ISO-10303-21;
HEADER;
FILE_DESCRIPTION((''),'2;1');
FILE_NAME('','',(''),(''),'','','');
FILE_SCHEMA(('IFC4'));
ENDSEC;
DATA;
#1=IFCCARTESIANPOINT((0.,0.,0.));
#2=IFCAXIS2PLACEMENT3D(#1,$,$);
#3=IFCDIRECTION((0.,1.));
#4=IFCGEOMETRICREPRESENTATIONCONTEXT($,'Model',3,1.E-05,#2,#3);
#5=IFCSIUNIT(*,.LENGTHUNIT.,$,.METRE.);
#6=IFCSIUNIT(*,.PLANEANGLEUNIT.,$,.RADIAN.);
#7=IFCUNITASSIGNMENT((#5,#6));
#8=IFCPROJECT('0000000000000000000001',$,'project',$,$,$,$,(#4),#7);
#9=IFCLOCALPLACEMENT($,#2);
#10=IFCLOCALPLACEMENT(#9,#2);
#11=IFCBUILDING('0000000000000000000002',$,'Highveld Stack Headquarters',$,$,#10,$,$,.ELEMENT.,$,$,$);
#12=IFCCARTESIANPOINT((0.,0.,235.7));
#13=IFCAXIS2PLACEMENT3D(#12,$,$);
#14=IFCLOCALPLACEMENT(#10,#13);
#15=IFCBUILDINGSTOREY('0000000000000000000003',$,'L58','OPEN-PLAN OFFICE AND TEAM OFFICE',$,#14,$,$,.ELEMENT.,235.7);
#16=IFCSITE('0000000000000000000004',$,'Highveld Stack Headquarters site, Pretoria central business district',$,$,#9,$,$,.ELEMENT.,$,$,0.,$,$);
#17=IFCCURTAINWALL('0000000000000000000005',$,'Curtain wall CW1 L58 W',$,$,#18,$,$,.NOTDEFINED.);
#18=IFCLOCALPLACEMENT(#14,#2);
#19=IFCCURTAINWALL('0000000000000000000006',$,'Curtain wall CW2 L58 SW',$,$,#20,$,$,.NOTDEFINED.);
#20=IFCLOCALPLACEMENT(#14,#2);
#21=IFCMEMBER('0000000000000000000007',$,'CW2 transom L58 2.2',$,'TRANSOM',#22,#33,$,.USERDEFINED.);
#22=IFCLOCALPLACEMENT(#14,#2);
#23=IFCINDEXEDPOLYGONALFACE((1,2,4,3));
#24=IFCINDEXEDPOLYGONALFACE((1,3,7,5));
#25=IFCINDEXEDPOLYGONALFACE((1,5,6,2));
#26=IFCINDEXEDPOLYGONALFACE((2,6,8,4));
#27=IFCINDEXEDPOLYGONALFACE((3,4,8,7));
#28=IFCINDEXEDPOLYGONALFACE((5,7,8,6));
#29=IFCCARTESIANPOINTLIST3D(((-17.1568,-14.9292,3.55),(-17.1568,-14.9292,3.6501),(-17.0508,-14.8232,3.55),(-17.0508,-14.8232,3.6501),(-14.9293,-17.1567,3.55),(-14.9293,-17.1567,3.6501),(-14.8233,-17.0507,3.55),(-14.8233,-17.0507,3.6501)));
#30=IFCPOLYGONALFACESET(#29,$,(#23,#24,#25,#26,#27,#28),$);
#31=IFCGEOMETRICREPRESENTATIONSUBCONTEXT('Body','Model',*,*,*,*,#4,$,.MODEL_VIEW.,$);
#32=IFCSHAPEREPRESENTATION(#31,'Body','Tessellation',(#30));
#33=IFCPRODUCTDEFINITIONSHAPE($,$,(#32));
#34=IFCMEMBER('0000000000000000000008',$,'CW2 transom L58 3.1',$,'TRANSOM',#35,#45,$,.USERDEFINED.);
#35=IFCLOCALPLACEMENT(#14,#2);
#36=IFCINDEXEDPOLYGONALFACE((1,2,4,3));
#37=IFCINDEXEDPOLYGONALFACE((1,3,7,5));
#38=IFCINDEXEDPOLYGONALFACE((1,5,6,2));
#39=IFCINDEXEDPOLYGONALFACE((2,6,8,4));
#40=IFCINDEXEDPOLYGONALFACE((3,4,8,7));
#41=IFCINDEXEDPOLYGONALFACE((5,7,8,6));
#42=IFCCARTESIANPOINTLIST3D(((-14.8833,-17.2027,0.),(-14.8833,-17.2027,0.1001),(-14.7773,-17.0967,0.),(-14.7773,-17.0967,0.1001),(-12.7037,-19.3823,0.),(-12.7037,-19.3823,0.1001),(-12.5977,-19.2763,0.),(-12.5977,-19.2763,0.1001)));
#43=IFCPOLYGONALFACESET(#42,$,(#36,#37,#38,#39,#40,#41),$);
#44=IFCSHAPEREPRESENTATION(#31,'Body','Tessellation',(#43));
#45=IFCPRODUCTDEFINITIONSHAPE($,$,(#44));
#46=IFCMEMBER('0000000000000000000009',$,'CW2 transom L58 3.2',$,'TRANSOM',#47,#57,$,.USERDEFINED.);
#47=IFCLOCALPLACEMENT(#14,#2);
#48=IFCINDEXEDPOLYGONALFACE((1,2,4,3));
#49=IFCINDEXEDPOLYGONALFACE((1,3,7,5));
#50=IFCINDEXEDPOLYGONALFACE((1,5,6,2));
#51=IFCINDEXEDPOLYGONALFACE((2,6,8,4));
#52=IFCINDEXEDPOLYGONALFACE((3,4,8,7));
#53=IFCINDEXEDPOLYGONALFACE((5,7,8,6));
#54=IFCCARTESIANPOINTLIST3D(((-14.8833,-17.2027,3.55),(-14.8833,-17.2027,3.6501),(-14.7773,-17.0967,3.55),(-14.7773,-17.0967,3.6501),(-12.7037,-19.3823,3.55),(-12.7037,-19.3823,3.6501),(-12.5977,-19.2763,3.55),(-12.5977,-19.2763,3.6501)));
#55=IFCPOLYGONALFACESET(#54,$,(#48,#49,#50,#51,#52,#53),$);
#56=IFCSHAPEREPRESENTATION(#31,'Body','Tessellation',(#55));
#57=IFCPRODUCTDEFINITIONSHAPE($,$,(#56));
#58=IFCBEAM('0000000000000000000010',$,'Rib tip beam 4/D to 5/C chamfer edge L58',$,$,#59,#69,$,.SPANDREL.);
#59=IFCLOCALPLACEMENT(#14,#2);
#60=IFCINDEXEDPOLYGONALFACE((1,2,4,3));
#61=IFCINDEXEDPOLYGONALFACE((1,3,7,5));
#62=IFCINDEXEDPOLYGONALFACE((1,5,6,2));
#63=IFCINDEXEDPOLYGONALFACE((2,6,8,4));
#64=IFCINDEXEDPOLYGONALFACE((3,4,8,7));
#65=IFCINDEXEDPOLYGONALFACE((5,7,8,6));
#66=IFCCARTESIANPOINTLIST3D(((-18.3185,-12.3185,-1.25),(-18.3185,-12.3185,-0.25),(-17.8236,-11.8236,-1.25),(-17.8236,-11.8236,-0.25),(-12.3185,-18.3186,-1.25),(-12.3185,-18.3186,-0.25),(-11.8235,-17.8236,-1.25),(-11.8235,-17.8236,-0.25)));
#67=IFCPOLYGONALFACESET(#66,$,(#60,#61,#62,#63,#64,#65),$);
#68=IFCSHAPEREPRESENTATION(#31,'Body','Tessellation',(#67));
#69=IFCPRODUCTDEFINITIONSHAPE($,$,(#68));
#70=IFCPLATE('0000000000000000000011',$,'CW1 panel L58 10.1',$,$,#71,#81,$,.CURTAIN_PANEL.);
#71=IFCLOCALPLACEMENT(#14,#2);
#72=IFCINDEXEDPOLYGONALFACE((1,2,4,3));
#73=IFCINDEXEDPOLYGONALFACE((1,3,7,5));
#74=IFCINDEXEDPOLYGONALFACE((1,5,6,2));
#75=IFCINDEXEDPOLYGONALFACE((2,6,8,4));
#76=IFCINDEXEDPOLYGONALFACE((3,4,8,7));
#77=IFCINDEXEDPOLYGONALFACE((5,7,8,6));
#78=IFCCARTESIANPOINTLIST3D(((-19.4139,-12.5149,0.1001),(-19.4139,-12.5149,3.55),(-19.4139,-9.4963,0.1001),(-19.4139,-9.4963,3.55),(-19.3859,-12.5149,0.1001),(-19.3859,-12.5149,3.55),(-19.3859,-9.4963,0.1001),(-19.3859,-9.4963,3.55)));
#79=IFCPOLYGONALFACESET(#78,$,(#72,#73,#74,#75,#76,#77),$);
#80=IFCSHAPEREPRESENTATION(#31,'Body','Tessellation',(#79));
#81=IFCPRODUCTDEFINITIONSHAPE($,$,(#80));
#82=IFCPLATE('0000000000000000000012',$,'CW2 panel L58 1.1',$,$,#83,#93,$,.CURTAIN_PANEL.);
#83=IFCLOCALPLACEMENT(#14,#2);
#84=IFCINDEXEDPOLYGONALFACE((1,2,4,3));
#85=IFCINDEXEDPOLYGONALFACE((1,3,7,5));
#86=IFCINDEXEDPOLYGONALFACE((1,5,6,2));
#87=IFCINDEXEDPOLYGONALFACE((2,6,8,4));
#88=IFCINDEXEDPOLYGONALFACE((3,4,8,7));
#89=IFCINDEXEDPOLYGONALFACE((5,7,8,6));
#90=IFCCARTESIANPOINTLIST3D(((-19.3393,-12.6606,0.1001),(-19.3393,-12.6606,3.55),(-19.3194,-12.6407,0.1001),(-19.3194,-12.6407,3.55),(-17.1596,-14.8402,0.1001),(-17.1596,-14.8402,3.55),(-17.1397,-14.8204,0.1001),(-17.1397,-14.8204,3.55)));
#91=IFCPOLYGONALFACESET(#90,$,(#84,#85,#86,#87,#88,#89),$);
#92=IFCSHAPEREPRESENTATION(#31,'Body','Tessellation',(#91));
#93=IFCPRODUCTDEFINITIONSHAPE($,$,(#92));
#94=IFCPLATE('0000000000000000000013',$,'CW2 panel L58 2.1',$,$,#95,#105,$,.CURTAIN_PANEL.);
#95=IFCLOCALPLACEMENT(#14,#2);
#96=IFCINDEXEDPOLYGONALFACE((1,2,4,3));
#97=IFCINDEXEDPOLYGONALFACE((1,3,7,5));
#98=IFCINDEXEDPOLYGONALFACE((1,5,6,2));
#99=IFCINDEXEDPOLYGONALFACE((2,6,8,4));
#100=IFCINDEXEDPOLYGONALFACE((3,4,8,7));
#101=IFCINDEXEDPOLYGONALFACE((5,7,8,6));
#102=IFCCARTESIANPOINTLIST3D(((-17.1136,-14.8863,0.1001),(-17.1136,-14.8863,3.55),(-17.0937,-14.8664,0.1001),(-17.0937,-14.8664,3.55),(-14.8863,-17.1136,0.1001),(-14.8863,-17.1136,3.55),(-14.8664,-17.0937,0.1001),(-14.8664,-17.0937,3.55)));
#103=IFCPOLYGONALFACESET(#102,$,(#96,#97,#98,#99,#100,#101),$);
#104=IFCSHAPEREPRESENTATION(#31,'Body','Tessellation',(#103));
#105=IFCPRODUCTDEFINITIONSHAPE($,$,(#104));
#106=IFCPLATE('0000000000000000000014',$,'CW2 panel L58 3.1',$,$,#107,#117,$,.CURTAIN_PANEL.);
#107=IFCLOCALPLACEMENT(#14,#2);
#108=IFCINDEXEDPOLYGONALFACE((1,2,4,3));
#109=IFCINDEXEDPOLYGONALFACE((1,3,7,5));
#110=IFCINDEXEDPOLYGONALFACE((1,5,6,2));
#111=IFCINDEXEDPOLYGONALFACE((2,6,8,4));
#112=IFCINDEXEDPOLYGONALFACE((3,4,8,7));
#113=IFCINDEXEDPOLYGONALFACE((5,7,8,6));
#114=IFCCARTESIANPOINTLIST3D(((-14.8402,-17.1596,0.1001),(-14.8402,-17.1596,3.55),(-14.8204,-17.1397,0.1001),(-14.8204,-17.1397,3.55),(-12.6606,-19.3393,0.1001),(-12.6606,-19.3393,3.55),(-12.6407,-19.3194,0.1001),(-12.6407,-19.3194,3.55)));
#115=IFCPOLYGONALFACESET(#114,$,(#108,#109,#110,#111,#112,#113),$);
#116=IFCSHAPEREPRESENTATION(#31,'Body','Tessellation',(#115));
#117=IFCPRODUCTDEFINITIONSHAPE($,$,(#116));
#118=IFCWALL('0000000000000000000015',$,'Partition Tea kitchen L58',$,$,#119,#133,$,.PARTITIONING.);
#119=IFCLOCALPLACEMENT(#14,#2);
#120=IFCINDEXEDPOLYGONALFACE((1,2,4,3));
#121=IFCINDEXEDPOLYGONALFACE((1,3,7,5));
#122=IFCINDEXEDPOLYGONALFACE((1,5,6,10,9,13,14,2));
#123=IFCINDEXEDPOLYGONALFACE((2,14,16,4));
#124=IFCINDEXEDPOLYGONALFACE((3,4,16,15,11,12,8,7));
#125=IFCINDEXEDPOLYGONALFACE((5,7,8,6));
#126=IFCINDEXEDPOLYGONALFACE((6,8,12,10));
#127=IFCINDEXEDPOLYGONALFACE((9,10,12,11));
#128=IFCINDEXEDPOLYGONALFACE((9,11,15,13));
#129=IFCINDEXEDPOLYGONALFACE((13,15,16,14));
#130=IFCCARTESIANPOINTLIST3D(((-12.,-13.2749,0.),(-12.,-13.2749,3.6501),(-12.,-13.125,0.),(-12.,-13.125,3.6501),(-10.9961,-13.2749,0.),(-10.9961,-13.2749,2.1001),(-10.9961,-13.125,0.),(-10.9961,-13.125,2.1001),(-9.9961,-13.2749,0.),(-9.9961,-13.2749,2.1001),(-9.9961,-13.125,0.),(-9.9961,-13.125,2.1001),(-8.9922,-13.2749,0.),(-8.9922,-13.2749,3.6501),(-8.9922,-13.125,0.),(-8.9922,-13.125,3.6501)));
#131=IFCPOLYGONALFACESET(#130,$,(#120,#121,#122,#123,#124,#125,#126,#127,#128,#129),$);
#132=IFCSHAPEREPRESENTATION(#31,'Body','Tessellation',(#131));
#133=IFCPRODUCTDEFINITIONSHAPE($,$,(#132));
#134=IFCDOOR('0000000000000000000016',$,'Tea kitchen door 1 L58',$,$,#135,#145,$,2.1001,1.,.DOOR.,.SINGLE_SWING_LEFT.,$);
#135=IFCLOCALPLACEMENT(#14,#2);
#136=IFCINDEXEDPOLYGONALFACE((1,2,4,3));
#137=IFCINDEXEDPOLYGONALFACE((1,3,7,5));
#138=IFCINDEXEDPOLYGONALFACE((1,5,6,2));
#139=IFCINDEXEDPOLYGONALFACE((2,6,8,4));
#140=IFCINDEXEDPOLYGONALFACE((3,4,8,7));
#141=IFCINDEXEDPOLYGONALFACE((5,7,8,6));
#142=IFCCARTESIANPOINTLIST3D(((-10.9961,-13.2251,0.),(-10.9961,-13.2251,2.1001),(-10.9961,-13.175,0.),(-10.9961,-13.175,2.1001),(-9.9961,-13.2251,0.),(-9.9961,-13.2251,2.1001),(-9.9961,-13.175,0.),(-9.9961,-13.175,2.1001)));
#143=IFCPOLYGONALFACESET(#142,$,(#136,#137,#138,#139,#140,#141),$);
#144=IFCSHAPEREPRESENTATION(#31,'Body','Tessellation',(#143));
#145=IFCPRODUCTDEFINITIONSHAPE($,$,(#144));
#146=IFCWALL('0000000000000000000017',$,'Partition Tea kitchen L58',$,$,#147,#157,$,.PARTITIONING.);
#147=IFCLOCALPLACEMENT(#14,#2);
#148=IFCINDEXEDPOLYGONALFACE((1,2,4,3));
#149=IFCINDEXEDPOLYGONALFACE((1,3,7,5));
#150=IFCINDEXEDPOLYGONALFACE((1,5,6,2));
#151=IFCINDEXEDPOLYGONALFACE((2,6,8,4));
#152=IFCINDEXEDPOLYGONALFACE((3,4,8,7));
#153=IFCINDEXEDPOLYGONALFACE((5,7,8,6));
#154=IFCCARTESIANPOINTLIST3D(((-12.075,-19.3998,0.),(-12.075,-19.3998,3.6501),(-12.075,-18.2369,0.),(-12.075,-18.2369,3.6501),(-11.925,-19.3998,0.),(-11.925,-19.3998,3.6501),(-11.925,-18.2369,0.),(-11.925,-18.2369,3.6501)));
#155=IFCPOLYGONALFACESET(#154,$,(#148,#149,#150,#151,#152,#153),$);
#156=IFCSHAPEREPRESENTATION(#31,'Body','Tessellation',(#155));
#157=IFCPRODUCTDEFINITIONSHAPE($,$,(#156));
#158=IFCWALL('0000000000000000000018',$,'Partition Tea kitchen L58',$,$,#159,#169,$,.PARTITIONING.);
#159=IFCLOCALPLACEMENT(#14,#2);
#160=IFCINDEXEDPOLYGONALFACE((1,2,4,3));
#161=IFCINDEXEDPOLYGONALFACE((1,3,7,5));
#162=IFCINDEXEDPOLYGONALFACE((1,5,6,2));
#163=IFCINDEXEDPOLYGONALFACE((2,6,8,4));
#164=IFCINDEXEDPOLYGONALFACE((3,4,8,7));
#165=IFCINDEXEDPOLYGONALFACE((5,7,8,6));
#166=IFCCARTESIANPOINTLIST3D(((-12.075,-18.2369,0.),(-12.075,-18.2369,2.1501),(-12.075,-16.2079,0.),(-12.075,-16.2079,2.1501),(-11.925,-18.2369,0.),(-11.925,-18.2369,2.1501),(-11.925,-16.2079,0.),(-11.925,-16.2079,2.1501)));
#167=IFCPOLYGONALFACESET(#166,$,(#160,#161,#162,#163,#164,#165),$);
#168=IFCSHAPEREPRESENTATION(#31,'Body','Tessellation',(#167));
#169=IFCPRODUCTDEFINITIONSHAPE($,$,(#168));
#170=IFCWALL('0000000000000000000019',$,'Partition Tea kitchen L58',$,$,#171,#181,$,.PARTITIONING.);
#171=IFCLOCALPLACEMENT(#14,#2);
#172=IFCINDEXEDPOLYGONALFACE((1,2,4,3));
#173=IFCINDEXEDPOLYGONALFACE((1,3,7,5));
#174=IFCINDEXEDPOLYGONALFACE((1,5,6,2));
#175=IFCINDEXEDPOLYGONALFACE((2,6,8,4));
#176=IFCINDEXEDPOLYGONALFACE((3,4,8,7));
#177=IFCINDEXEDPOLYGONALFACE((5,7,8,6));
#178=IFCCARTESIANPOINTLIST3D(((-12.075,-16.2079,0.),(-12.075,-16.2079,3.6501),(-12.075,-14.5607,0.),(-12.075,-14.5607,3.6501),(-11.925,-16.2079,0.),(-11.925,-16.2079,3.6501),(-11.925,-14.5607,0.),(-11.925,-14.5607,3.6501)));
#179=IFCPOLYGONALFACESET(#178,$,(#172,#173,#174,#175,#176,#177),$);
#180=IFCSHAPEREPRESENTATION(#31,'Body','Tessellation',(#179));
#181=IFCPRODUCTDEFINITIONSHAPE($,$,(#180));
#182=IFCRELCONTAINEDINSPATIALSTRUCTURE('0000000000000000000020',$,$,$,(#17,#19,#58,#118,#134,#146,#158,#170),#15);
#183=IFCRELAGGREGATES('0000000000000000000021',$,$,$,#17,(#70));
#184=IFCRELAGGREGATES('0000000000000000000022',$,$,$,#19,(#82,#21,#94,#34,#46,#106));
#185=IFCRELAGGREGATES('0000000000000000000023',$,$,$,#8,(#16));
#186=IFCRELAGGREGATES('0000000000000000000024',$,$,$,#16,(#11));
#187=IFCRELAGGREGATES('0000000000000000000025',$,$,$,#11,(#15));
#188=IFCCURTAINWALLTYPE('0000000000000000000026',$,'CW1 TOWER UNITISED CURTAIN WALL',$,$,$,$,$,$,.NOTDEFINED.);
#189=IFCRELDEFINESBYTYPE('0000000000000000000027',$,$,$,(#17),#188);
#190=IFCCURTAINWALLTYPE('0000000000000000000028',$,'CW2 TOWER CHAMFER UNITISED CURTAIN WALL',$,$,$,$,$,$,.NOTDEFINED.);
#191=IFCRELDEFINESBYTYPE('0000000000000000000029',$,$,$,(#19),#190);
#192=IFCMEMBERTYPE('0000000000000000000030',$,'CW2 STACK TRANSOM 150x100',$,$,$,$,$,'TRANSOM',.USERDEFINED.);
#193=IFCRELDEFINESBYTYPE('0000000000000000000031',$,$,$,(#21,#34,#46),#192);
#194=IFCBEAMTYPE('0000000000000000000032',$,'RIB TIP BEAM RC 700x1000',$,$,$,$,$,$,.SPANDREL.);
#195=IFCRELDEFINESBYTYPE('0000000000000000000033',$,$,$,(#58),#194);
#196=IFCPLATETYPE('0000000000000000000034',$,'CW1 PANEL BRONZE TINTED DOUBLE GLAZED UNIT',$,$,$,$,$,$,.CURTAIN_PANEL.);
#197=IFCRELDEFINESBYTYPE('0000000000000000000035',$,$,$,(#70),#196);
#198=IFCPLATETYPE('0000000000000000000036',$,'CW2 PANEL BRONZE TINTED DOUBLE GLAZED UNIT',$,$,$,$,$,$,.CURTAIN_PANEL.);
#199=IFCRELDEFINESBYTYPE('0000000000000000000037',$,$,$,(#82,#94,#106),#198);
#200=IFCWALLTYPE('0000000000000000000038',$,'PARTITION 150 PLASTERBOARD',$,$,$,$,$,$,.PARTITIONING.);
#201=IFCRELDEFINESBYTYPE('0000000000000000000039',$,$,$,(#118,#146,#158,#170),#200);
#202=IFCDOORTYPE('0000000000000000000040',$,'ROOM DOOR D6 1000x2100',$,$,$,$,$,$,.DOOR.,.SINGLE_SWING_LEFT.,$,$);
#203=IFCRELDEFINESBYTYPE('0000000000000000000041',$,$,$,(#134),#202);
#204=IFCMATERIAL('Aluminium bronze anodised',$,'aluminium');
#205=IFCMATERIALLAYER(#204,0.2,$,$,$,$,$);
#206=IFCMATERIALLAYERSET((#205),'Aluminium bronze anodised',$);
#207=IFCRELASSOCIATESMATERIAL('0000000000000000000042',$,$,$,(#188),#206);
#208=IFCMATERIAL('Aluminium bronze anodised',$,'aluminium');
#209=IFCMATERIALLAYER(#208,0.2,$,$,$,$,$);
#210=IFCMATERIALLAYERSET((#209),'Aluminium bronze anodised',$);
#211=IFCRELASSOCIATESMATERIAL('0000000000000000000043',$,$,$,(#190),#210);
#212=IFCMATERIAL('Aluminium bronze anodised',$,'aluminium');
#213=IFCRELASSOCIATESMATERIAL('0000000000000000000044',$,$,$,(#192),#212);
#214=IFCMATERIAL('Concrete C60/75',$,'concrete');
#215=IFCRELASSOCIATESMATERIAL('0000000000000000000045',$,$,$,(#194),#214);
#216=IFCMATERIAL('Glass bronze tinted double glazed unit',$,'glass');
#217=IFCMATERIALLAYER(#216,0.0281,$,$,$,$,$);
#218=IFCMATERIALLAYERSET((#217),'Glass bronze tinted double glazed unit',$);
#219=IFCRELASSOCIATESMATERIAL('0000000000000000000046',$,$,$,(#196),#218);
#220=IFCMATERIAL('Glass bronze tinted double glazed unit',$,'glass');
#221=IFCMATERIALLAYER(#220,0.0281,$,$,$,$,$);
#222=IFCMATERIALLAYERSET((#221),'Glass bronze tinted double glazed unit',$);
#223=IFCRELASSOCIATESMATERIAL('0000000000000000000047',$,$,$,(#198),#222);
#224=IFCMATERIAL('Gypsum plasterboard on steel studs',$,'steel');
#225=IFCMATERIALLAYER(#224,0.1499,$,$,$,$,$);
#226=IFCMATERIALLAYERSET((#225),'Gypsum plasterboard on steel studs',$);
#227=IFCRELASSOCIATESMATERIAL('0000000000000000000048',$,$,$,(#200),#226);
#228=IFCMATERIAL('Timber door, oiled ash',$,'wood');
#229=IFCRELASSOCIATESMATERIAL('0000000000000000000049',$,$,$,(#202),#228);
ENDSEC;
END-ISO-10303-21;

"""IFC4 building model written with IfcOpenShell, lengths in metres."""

from ifc_helpers import new_model, si_unit, direction, frame, frame_2d, origin, origin_2d, place, context, subcontext, project, spatial, rectangle, extrude, material, layer, layer_set, material_profile, profile_set, type_object, element, fill, aggregate, save


model = new_model("IFC4")

# Units and contexts
model_context = context("Model", 3, precision=1e-05, world=origin(), true_north=direction((0.0, 1.0)))
body_context = subcontext(model_context, "Body", "Model", "MODEL_VIEW")
ifc_project = project(units=[si_unit("LENGTHUNIT", "METRE"), si_unit("PLANEANGLEUNIT", "RADIAN")], contexts=[model_context])

# Site, building, storey
site_placement = place(None, origin())
site = spatial("IfcSite", under=ifc_project, at=site_placement, Name="Highveld Stack Headquarters site, Pretoria central business district", CompositionType="ELEMENT", RefElevation=0.0)
building_placement = place(site_placement, origin())
building = spatial("IfcBuilding", under=site, at=building_placement, Name="Highveld Stack Headquarters", CompositionType="ELEMENT")
storey_placement = place(building_placement, frame((0.0, 0.0, 235.7)))
storey = spatial("IfcBuildingStorey", under=building, at=storey_placement, Name="L58", Description="OPEN-PLAN OFFICE AND TEAM OFFICE", CompositionType="ELEMENT", Elevation=235.7)

# Curtain wall
ifc_material_1 = material(Name="Aluminium bronze anodised", Category="aluminium")
ifc_layer_1 = layer(ifc_material_1, 0.2)
ifc_layer_set_1 = layer_set([ifc_layer_1], Name="Aluminium bronze anodised")
curtain_wall_type_1 = type_object("IfcCurtainWallType", Name="CW1 TOWER UNITISED CURTAIN WALL", PredefinedType="NOTDEFINED", material=ifc_layer_set_1)
curtain_wall_1_placement = place(storey_placement, origin())
curtain_wall_1 = element("IfcCurtainWall", 1, at=curtain_wall_1_placement, inside=storey, type_object=curtain_wall_type_1, Name="Curtain wall CW1 L58 W", PredefinedType="NOTDEFINED")

# Curtain wall, members
ifc_material_2 = material(Name="Aluminium bronze anodised", Category="aluminium")
ifc_layer_2 = layer(ifc_material_2, 0.2)
ifc_layer_set_2 = layer_set([ifc_layer_2], Name="Aluminium bronze anodised")
curtain_wall_type_2 = type_object("IfcCurtainWallType", Name="CW2 TOWER CHAMFER UNITISED CURTAIN WALL", PredefinedType="NOTDEFINED", material=ifc_layer_set_2)
curtain_wall_2_placement = place(storey_placement, origin())
curtain_wall_2 = element("IfcCurtainWall", 2, at=curtain_wall_2_placement, inside=storey, type_object=curtain_wall_type_2, Name="Curtain wall CW2 L58 SW", PredefinedType="NOTDEFINED")
ifc_material_3 = material(Name="Aluminium bronze anodised", Category="aluminium")
ifc_material_profile_1 = material_profile(ifc_material_3, rectangle(XDim=0.1499, YDim=0.1001, at=origin_2d()), Name="CW2 TRANSOM 150x100")
ifc_profile_set_1 = profile_set([ifc_material_profile_1], Name="Aluminium bronze anodised")
member_type_1 = type_object("IfcMemberType", Name="CW2 STACK TRANSOM 150x100", ElementType="TRANSOM", PredefinedType="USERDEFINED", material=ifc_profile_set_1)
member_1_placement = place(storey_placement, frame((-17.1038, -14.8762, 3.6001), z_axis=(0.707107, -0.707107, 0.0), x_axis=(0.707107, 0.707107, 0.0)))
member_1 = element("IfcMember", 3, at=member_1_placement, type_object=member_type_1, Name="CW2 transom L58 2.2", ObjectType="TRANSOM", PredefinedType="USERDEFINED", context=body_context, shape_type="SweptSolid", body=[
    extrude(rectangle(XDim=0.1499, YDim=0.1001, at=origin_2d()), origin(), (0.0, 0.0, 1.0), 3.1501),
])
member_2_placement = place(storey_placement, frame((-14.8303, -17.1497, 0.05), z_axis=(0.707107, -0.707107, 0.0), x_axis=(0.707107, 0.707107, 0.0)))
member_2 = element("IfcMember", 4, at=member_2_placement, type_object=member_type_1, Name="CW2 transom L58 3.1", ObjectType="TRANSOM", PredefinedType="USERDEFINED", context=body_context, shape_type="SweptSolid", body=[
    extrude(rectangle(XDim=0.1499, YDim=0.1001, at=origin_2d()), origin(), (0.0, 0.0, 1.0), 3.0825),
])
member_3_placement = place(storey_placement, frame((-14.8303, -17.1497, 3.6001), z_axis=(0.707107, -0.707107, 0.0), x_axis=(0.707107, 0.707107, 0.0)))
member_3 = element("IfcMember", 5, at=member_3_placement, type_object=member_type_1, Name="CW2 transom L58 3.2", ObjectType="TRANSOM", PredefinedType="USERDEFINED", context=body_context, shape_type="SweptSolid", body=[
    extrude(rectangle(XDim=0.1499, YDim=0.1001, at=origin_2d()), origin(), (0.0, 0.0, 1.0), 3.0825),
])

# Beam
ifc_material_4 = material(Name="Concrete C60/75", Category="concrete")
ifc_material_profile_2 = material_profile(ifc_material_4, rectangle(XDim=0.7, YDim=1.0, at=origin_2d()), Name="RC 700x1000")
ifc_profile_set_2 = profile_set([ifc_material_profile_2], Name="Concrete C60/75")
beam_type = type_object("IfcBeamType", Name="RIB TIP BEAM RC 700x1000", PredefinedType="SPANDREL", material=ifc_profile_set_2)
beam_placement = place(storey_placement, frame((-18.071, -12.071, -0.75), z_axis=(0.707107, -0.707107, 0.0), x_axis=(0.707107, 0.707107, 0.0)))
element("IfcBeam", 6, at=beam_placement, inside=storey, type_object=beam_type, Name="Rib tip beam 4/D to 5/C chamfer edge L58", PredefinedType="SPANDREL", context=body_context, shape_type="SweptSolid", body=[
    extrude(rectangle(XDim=0.7, YDim=1.0, at=origin_2d()), origin(), (0.0, 0.0, 1.0), 8.4854),
])

# Plates
ifc_material_5 = material(Name="Glass bronze tinted double glazed unit", Category="glass")
ifc_layer_3 = layer(ifc_material_5, 0.0281)
ifc_layer_set_3 = layer_set([ifc_layer_3], Name="Glass bronze tinted double glazed unit")
plate_type_1 = type_object("IfcPlateType", Name="CW1 PANEL BRONZE TINTED DOUBLE GLAZED UNIT", PredefinedType="CURTAIN_PANEL", material=ifc_layer_set_3)
plate_1_placement = place(storey_placement, frame((-19.3999, -11.0056, 0.1001), z_axis=(0.0, 0.0, 1.0), x_axis=(0.0, -1.0, 0.0)))
plate_1 = element("IfcPlate", 7, at=plate_1_placement, type_object=plate_type_1, Name="CW1 panel L58 10.1", PredefinedType="CURTAIN_PANEL", context=body_context, shape_type="SweptSolid", body=[
    extrude(rectangle(XDim=3.0186, YDim=0.0281, at=origin_2d()), origin(), (0.0, 0.0, 1.0), 3.45),
])
aggregate(curtain_wall_1, [plate_1])
ifc_material_6 = material(Name="Glass bronze tinted double glazed unit", Category="glass")
ifc_layer_4 = layer(ifc_material_6, 0.0281)
ifc_layer_set_4 = layer_set([ifc_layer_4], Name="Glass bronze tinted double glazed unit")
plate_type_2 = type_object("IfcPlateType", Name="CW2 PANEL BRONZE TINTED DOUBLE GLAZED UNIT", PredefinedType="CURTAIN_PANEL", material=ifc_layer_set_4)
plate_2_placement = place(storey_placement, frame((-18.2395, -13.7405, 0.1001), z_axis=(0.0, 0.0, 1.0), x_axis=(0.707107, -0.707107, 0.0)))
plate_2 = element("IfcPlate", 8, at=plate_2_placement, type_object=plate_type_2, Name="CW2 panel L58 1.1", PredefinedType="CURTAIN_PANEL", context=body_context, shape_type="SweptSolid", body=[
    extrude(rectangle(XDim=3.0825, YDim=0.0281, at=origin_2d()), origin(), (0.0, 0.0, 1.0), 3.45),
])
plate_3_placement = place(storey_placement, frame((-15.99, -15.99, 0.1001), z_axis=(0.0, 0.0, 1.0), x_axis=(0.707107, -0.707107, 0.0)))
plate_3 = element("IfcPlate", 9, at=plate_3_placement, type_object=plate_type_2, Name="CW2 panel L58 2.1", PredefinedType="CURTAIN_PANEL", context=body_context, shape_type="SweptSolid", body=[
    extrude(rectangle(XDim=3.1499, YDim=0.0281, at=origin_2d()), origin(), (0.0, 0.0, 1.0), 3.45),
])
plate_4_placement = place(storey_placement, frame((-13.7405, -18.2395, 0.1001), z_axis=(0.0, 0.0, 1.0), x_axis=(0.707107, -0.707107, 0.0)))
plate_4 = element("IfcPlate", 10, at=plate_4_placement, type_object=plate_type_2, Name="CW2 panel L58 3.1", PredefinedType="CURTAIN_PANEL", context=body_context, shape_type="SweptSolid", body=[
    extrude(rectangle(XDim=3.0825, YDim=0.0281, at=origin_2d()), origin(), (0.0, 0.0, 1.0), 3.45),
])
aggregate(curtain_wall_2, [plate_2, member_1, plate_3, member_2, member_3, plate_4])

# Wall, opening, door
ifc_material_7 = material(Name="Gypsum plasterboard on steel studs", Category="steel")
ifc_layer_5 = layer(ifc_material_7, 0.1499)
ifc_layer_set_5 = layer_set([ifc_layer_5], Name="Gypsum plasterboard on steel studs")
wall_type = type_object("IfcWallType", Name="PARTITION 150 PLASTERBOARD", PredefinedType="PARTITIONING", material=ifc_layer_set_5)
wall_1_placement = place(storey_placement, frame((-12.0, -13.2, 0.0), z_axis=(0.0, 0.0, 1.0), x_axis=(1.0, 0.0, 0.0)))
wall_1 = element("IfcWall", 11, at=wall_1_placement, inside=storey, type_object=wall_type, Name="Partition Tea kitchen L58", PredefinedType="PARTITIONING", context=body_context, shape_type="SweptSolid", body=[
    extrude(rectangle(XDim=3.0078, YDim=0.1499, at=frame_2d((1.5039, 0.0))), origin(), (0.0, 0.0, 1.0), 3.6501),
])
opening_placement = place(wall_1_placement, frame((1.0039, 0.0, 0.0)))
opening = element("IfcOpeningElement", 12, at=opening_placement, cuts=wall_1, PredefinedType="OPENING", context=body_context, shape_type="SweptSolid", body=[
    extrude(rectangle(XDim=1.0, YDim=2.1001, at=frame_2d((0.5, 1.05))), frame((0.0, 0.085, 0.0), z_axis=(0.0, -1.0, 0.0), x_axis=(1.0, 0.0, 0.0)), (0.0, 0.0, 1.0), 0.1699),
])
ifc_material_8 = material(Name="Timber door, oiled ash", Category="wood")
door_type = type_object("IfcDoorType", Name="ROOM DOOR D6 1000x2100", OperationType="SINGLE_SWING_LEFT", PredefinedType="DOOR", material=ifc_material_8)
door_placement = place(opening_placement, origin())
door = element("IfcDoor", 13, at=door_placement, inside=storey, type_object=door_type, Name="Tea kitchen door 1 L58", OperationType="SINGLE_SWING_LEFT", OverallHeight=2.1001, OverallWidth=1.0, PredefinedType="DOOR", context=body_context, shape_type="SweptSolid", body=[
    extrude(rectangle(XDim=1.0, YDim=2.1001, at=frame_2d((0.5, 1.05))), frame((0.0, 0.0249, 0.0), z_axis=(0.0, -1.0, 0.0), x_axis=(1.0, 0.0, 0.0)), (0.0, 0.0, 1.0), 0.05),
])
fill(opening, door)

# Walls
wall_2_placement = place(storey_placement, frame((-12.0, -19.3999, 0.0), z_axis=(0.0, 0.0, 1.0), x_axis=(0.0, 1.0, 0.0)))
element("IfcWall", 14, at=wall_2_placement, inside=storey, type_object=wall_type, Name="Partition Tea kitchen L58", PredefinedType="PARTITIONING", context=body_context, shape_type="SweptSolid", body=[
    extrude(rectangle(XDim=1.1628, YDim=0.1499, at=frame_2d((0.5815, 0.0))), origin(), (0.0, 0.0, 1.0), 3.6501),
])
wall_3_placement = place(storey_placement, frame((-12.0, -18.2371, 0.0), z_axis=(0.0, 0.0, 1.0), x_axis=(0.0, 1.0, 0.0)))
element("IfcWall", 15, at=wall_3_placement, inside=storey, type_object=wall_type, Name="Partition Tea kitchen L58", PredefinedType="PARTITIONING", context=body_context, shape_type="SweptSolid", body=[
    extrude(rectangle(XDim=2.0291, YDim=0.1499, at=frame_2d((1.0146, 0.0))), origin(), (0.0, 0.0, 1.0), 2.1501),
])
wall_4_placement = place(storey_placement, frame((-12.0, -16.208, 0.0), z_axis=(0.0, 0.0, 1.0), x_axis=(0.0, 1.0, 0.0)))
element("IfcWall", 16, at=wall_4_placement, inside=storey, type_object=wall_type, Name="Partition Tea kitchen L58", PredefinedType="PARTITIONING", context=body_context, shape_type="SweptSolid", body=[
    extrude(rectangle(XDim=1.6472, YDim=0.1499, at=frame_2d((0.8237, 0.0))), origin(), (0.0, 0.0, 1.0), 3.6501),
])

save(model, "model.ifc")
